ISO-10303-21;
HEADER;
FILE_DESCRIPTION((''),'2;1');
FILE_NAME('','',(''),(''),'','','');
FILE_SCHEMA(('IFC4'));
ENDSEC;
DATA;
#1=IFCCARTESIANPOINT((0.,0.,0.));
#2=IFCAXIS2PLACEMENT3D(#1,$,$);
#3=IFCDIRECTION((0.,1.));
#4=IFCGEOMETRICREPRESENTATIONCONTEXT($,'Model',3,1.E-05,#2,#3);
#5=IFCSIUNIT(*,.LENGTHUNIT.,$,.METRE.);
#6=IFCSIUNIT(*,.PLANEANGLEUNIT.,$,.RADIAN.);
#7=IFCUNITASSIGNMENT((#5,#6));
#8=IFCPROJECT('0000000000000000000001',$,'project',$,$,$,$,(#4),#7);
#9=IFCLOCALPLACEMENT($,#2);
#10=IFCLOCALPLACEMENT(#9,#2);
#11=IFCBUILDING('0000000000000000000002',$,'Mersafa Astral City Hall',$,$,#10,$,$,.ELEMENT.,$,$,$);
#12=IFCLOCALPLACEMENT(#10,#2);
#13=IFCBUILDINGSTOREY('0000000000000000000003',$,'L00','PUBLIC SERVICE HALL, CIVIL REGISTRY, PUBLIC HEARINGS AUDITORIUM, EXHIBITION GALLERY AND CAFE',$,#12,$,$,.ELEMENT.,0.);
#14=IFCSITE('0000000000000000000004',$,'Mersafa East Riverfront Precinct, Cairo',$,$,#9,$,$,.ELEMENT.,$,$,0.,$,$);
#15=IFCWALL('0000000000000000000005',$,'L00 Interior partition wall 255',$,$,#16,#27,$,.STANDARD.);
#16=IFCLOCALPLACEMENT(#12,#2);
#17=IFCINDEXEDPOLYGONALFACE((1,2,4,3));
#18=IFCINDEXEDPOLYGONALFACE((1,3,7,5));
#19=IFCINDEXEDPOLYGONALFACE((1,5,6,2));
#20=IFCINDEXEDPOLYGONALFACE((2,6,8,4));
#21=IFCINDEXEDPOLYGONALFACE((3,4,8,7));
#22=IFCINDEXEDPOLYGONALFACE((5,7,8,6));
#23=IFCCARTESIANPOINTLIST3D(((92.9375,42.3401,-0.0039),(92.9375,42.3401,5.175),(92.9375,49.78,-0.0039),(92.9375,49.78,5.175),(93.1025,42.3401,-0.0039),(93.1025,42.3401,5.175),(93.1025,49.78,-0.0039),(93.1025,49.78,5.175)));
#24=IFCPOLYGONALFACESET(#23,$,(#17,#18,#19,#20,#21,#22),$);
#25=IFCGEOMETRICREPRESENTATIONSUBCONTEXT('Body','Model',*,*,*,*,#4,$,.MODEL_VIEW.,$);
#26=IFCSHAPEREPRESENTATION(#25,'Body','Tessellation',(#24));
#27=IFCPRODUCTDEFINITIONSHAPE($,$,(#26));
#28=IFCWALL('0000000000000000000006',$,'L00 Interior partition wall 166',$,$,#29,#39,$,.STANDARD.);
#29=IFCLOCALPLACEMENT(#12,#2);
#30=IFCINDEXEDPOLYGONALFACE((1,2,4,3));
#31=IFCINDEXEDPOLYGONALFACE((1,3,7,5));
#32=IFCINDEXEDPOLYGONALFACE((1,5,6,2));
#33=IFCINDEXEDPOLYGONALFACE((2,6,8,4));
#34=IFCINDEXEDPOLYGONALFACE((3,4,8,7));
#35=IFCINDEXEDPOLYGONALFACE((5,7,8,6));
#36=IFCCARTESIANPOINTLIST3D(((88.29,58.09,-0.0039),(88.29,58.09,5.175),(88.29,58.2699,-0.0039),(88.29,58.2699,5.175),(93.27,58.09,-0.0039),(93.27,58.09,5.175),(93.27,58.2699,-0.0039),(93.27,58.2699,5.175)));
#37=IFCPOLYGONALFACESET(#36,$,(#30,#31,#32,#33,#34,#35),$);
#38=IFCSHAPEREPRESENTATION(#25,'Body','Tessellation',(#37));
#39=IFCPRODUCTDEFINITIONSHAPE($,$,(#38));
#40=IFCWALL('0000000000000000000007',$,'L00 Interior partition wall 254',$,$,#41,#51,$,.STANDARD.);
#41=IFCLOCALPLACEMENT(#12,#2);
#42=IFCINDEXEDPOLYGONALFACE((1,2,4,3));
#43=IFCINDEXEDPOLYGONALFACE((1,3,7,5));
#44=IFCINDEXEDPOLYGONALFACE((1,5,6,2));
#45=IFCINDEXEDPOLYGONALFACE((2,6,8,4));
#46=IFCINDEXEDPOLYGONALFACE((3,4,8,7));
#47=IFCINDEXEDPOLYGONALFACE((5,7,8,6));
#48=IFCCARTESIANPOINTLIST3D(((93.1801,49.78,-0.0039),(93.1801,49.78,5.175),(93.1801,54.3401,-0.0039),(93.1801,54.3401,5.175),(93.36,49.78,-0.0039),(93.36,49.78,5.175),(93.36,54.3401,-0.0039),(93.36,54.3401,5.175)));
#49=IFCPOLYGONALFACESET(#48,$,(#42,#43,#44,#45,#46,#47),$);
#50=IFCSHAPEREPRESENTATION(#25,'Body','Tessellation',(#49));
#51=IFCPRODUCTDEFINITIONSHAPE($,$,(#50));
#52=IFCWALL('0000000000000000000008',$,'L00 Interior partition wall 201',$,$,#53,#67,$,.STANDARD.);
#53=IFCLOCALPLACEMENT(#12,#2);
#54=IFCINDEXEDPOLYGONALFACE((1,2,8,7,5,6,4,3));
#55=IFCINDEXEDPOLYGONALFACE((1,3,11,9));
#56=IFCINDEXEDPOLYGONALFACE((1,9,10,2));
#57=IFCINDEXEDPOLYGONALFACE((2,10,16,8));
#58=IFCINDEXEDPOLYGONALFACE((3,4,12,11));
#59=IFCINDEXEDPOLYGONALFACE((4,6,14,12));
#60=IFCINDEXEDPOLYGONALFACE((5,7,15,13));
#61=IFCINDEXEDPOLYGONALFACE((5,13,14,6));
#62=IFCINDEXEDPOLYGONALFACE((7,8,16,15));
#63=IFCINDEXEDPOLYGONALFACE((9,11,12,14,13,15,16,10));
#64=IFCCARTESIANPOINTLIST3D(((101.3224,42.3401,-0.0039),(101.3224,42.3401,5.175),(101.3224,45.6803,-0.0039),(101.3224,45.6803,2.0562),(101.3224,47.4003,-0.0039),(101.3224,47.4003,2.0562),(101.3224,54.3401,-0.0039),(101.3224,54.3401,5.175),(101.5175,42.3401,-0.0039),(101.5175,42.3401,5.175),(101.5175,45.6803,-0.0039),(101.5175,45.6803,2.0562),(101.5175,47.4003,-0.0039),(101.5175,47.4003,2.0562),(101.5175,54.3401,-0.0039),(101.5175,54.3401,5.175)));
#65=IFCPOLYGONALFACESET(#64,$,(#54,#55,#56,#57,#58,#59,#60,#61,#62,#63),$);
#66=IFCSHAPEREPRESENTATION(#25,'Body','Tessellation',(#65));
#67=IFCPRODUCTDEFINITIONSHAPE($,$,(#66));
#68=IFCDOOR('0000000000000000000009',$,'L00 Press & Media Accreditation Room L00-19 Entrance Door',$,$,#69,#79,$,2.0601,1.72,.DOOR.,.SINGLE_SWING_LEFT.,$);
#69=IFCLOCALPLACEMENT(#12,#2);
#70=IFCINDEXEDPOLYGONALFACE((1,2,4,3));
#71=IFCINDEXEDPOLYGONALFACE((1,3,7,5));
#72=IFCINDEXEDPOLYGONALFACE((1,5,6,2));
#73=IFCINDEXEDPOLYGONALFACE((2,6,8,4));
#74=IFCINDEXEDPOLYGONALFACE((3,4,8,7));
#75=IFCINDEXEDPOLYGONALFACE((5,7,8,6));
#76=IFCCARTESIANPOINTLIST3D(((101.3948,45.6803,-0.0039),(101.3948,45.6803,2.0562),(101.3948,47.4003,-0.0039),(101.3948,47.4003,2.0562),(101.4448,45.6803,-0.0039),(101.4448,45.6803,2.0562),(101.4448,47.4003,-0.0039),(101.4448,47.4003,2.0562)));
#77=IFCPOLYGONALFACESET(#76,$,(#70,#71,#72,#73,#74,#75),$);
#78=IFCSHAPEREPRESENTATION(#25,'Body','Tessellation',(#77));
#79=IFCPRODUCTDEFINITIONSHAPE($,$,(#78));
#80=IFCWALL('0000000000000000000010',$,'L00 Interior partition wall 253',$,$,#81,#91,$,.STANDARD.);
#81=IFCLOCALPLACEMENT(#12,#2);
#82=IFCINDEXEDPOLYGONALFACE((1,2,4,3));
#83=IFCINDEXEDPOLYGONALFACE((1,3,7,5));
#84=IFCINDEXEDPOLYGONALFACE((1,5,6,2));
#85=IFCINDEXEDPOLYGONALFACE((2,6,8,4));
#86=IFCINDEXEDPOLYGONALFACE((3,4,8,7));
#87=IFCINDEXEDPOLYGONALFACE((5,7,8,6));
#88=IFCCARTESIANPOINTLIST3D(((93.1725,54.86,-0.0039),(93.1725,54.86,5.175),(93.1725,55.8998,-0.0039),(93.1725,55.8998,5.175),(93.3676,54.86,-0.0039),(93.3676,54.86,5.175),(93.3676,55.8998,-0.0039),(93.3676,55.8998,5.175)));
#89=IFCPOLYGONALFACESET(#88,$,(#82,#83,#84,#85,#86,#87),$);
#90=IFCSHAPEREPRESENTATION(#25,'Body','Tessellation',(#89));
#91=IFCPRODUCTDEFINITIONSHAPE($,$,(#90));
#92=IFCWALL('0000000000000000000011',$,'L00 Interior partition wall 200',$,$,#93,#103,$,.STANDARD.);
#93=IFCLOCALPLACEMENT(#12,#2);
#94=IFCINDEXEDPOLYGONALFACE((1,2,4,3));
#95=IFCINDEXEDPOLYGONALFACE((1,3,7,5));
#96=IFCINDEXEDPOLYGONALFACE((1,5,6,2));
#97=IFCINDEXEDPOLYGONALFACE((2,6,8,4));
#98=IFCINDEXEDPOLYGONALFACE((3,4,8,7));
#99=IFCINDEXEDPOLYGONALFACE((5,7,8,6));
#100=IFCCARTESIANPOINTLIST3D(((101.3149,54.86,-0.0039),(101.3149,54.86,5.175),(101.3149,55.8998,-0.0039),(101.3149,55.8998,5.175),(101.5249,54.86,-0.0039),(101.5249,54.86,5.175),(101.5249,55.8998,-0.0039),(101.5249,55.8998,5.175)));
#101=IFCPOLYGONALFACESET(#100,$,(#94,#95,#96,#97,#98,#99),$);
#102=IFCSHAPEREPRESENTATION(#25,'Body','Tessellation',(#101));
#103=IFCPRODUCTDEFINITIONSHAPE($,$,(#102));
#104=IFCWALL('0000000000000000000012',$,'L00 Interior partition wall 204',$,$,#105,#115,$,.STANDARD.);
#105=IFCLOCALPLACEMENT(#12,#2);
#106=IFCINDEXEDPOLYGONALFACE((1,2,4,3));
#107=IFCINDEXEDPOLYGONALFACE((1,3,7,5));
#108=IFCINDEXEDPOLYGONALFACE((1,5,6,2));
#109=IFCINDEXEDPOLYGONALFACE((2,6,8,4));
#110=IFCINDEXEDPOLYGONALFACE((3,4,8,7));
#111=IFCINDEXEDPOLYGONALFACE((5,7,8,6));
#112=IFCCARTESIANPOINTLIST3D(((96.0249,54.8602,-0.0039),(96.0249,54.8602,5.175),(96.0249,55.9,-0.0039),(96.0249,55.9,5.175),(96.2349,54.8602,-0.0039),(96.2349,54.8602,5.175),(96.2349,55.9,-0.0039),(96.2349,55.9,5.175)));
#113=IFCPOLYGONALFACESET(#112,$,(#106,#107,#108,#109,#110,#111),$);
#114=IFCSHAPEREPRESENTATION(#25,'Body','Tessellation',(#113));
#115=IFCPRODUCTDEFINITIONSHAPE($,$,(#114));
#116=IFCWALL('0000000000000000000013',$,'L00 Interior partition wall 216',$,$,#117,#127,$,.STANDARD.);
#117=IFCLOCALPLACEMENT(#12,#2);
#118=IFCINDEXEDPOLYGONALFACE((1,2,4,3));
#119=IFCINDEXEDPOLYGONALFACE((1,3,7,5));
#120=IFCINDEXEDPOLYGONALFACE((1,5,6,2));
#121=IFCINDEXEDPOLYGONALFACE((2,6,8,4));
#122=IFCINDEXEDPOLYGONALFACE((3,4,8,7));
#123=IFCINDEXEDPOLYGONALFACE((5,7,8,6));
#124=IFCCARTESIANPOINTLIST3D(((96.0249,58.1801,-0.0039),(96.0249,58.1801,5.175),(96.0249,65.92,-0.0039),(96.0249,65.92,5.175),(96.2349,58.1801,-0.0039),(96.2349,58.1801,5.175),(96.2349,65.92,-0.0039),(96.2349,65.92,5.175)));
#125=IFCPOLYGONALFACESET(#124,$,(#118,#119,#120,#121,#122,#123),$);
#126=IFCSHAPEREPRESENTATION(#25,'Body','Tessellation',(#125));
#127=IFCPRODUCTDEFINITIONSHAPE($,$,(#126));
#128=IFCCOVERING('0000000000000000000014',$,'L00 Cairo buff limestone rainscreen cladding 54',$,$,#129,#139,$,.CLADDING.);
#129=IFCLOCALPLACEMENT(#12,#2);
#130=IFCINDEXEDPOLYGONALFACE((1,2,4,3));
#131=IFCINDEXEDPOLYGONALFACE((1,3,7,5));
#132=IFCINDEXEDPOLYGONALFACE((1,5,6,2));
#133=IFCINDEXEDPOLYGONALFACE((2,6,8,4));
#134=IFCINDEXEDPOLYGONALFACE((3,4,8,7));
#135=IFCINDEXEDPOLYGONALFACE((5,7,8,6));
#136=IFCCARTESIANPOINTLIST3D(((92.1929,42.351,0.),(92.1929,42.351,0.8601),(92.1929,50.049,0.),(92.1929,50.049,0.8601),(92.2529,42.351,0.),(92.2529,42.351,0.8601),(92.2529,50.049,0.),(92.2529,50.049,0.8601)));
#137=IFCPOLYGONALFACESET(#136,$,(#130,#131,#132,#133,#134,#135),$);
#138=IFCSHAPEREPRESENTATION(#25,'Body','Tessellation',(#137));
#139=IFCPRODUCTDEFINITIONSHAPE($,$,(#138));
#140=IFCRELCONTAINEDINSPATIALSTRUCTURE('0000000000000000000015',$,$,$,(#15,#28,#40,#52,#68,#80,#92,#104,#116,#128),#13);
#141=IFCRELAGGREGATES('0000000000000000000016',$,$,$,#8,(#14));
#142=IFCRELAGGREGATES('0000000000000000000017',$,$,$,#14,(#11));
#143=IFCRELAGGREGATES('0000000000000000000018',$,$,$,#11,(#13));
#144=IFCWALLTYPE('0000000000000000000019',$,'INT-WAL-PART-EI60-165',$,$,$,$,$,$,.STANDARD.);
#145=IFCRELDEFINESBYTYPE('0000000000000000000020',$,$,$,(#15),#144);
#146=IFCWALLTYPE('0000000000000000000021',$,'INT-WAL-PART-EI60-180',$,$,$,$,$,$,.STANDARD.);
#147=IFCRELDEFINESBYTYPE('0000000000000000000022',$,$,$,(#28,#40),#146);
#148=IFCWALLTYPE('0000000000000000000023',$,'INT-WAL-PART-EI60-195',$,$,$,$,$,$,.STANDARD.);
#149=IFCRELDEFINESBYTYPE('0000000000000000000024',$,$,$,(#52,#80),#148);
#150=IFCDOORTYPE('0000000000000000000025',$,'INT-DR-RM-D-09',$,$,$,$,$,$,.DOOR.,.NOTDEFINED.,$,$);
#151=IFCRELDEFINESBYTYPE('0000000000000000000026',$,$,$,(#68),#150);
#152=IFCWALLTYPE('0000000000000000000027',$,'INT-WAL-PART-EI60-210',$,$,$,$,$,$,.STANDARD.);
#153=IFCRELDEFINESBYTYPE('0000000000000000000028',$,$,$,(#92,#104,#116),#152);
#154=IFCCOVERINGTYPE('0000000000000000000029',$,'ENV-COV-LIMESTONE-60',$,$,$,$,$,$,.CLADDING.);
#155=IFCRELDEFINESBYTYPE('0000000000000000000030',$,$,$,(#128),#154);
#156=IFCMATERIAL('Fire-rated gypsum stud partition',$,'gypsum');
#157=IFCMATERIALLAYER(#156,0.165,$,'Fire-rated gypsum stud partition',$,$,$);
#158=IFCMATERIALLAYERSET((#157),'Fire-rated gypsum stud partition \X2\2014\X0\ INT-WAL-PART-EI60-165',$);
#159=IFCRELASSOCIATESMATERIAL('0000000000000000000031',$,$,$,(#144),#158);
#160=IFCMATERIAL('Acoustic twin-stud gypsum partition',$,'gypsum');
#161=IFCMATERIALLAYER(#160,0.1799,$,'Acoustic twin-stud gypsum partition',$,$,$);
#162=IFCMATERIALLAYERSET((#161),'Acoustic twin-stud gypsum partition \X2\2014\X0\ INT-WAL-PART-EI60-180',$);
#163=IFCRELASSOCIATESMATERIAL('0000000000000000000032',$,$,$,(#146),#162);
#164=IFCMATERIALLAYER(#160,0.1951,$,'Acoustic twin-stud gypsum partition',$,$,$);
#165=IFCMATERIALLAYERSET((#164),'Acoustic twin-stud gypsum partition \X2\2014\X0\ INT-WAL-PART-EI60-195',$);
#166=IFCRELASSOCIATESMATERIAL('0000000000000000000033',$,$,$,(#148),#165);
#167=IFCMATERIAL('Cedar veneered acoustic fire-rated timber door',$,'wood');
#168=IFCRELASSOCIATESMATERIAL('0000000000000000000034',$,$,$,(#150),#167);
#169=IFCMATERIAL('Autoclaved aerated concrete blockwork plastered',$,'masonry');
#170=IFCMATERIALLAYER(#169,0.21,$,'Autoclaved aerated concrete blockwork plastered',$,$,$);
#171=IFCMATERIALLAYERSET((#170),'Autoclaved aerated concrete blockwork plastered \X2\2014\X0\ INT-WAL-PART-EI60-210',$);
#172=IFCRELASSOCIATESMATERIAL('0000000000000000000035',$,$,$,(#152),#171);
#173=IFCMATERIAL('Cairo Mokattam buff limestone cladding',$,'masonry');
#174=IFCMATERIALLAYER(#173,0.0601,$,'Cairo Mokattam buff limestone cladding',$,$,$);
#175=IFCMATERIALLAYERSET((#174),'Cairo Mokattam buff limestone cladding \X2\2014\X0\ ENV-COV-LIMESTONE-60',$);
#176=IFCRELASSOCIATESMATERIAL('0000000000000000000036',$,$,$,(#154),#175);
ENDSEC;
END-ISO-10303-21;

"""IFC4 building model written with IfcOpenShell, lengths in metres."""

from ifc_helpers import new_model, si_unit, direction, frame, frame_2d, origin, origin_2d, place, context, subcontext, project, spatial, rectangle, extrude, material, layer, layer_set, type_object, element, fill, save


model = new_model("IFC4")

# Units and contexts
model_context = context("Model", 3, precision=1e-05, world=origin(), true_north=direction((0.0, 1.0)))
body_context = subcontext(model_context, "Body", "Model", "MODEL_VIEW")
ifc_project = project(units=[si_unit("LENGTHUNIT", "METRE"), si_unit("PLANEANGLEUNIT", "RADIAN")], contexts=[model_context])

# Site, building, storey
site_placement = place(None, origin())
site = spatial("IfcSite", under=ifc_project, at=site_placement, Name="Mersafa East Riverfront Precinct, Cairo", CompositionType="ELEMENT", RefElevation=0.0)
building_placement = place(site_placement, origin())
building = spatial("IfcBuilding", under=site, at=building_placement, Name="Mersafa Astral City Hall", CompositionType="ELEMENT")
storey_placement = place(building_placement, origin())
storey = spatial("IfcBuildingStorey", under=building, at=storey_placement, Name="L00", Description="PUBLIC SERVICE HALL, CIVIL REGISTRY, PUBLIC HEARINGS AUDITORIUM, EXHIBITION GALLERY AND CAFE", CompositionType="ELEMENT", Elevation=0.0)

# Walls
ifc_material_1 = material(Name="Fire-rated gypsum stud partition", Category="gypsum")
ifc_layer_1 = layer(ifc_material_1, 0.165, Name="Fire-rated gypsum stud partition")
ifc_layer_set_1 = layer_set([ifc_layer_1], Name="Fire-rated gypsum stud partition — INT-WAL-PART-EI60-165")
wall_type_1 = type_object("IfcWallType", Name="INT-WAL-PART-EI60-165", PredefinedType="STANDARD", material=ifc_layer_set_1)
wall_1_placement = place(storey_placement, frame((93.02, 49.78, -0.0039), z_axis=(0.0, 0.0, 1.0), x_axis=(0.0, -1.0, 0.0)))
element("IfcWall", 1, at=wall_1_placement, inside=storey, type_object=wall_type_1, Name="L00 Interior partition wall 255", PredefinedType="STANDARD", context=body_context, shape_type="SweptSolid", body=[
    extrude(rectangle(XDim=7.4399, YDim=0.165, at=frame_2d((3.72, 0.0))), origin(), (0.0, 0.0, 1.0), 5.179),
])
ifc_material_2 = material(Name="Acoustic twin-stud gypsum partition", Category="gypsum")
ifc_layer_2 = layer(ifc_material_2, 0.1799, Name="Acoustic twin-stud gypsum partition")
ifc_layer_set_2 = layer_set([ifc_layer_2], Name="Acoustic twin-stud gypsum partition — INT-WAL-PART-EI60-180")
wall_type_2 = type_object("IfcWallType", Name="INT-WAL-PART-EI60-180", PredefinedType="STANDARD", material=ifc_layer_set_2)
wall_2_placement = place(storey_placement, frame((93.27, 58.1799, -0.0039), z_axis=(0.0, 0.0, 1.0), x_axis=(-1.0, 0.0, 0.0)))
element("IfcWall", 2, at=wall_2_placement, inside=storey, type_object=wall_type_2, Name="L00 Interior partition wall 166", PredefinedType="STANDARD", context=body_context, shape_type="SweptSolid", body=[
    extrude(rectangle(XDim=4.98, YDim=0.1799, at=frame_2d((2.49, 0.0))), origin(), (0.0, 0.0, 1.0), 5.179),
])
wall_3_placement = place(storey_placement, frame((93.27, 54.3401, -0.0039), z_axis=(0.0, 0.0, 1.0), x_axis=(0.0, -1.0, 0.0)))
element("IfcWall", 3, at=wall_3_placement, inside=storey, type_object=wall_type_2, Name="L00 Interior partition wall 254", PredefinedType="STANDARD", context=body_context, shape_type="SweptSolid", body=[
    extrude(rectangle(XDim=4.5601, YDim=0.1799, at=frame_2d((2.28, 0.0))), origin(), (0.0, 0.0, 1.0), 5.179),
])

# Wall, opening, door
ifc_layer_3 = layer(ifc_material_2, 0.1951, Name="Acoustic twin-stud gypsum partition")
ifc_layer_set_3 = layer_set([ifc_layer_3], Name="Acoustic twin-stud gypsum partition — INT-WAL-PART-EI60-195")
wall_type_3 = type_object("IfcWallType", Name="INT-WAL-PART-EI60-195", PredefinedType="STANDARD", material=ifc_layer_set_3)
wall_4_placement = place(storey_placement, frame((101.4199, 54.3401, -0.0039), z_axis=(0.0, 0.0, 1.0), x_axis=(0.0, -1.0, 0.0)))
wall_4 = element("IfcWall", 4, at=wall_4_placement, inside=storey, type_object=wall_type_3, Name="L00 Interior partition wall 201", PredefinedType="STANDARD", context=body_context, shape_type="SweptSolid", body=[
    extrude(rectangle(XDim=12.0, YDim=0.1951, at=frame_2d((6.0, 0.0))), origin(), (0.0, 0.0, 1.0), 5.179),
])
opening_placement = place(wall_4_placement, frame((6.9399, 0.0, 0.0)))
opening = element("IfcOpeningElement", 5, at=opening_placement, cuts=wall_4, PredefinedType="OPENING", context=body_context, shape_type="SweptSolid", body=[
    extrude(rectangle(XDim=1.72, YDim=2.0601, at=frame_2d((0.8599, 1.03))), frame((0.0, 0.1074, 0.0), z_axis=(0.0, -1.0, 0.0), x_axis=(1.0, 0.0, 0.0)), (0.0, 0.0, 1.0), 0.2151),
])
ifc_material_3 = material(Name="Cedar veneered acoustic fire-rated timber door", Category="wood")
door_type = type_object("IfcDoorType", Name="INT-DR-RM-D-09", OperationType="NOTDEFINED", PredefinedType="DOOR", material=ifc_material_3)
door_placement = place(opening_placement, origin())
door = element("IfcDoor", 6, at=door_placement, inside=storey, type_object=door_type, Name="L00 Press & Media Accreditation Room L00-19 Entrance Door", OperationType="SINGLE_SWING_LEFT", OverallHeight=2.0601, OverallWidth=1.72, PredefinedType="DOOR", context=body_context, shape_type="SweptSolid", body=[
    extrude(rectangle(XDim=1.72, YDim=2.0601, at=frame_2d((0.8599, 1.03))), frame((0.0, 0.0249, 0.0), z_axis=(0.0, -1.0, 0.0), x_axis=(1.0, 0.0, 0.0)), (0.0, 0.0, 1.0), 0.05),
])
fill(opening, door)

# Walls
wall_5_placement = place(storey_placement, frame((93.27, 55.8999, -0.0039), z_axis=(0.0, 0.0, 1.0), x_axis=(0.0, -1.0, 0.0)))
element("IfcWall", 7, at=wall_5_placement, inside=storey, type_object=wall_type_3, Name="L00 Interior partition wall 253", PredefinedType="STANDARD", context=body_context, shape_type="SweptSolid", body=[
    extrude(rectangle(XDim=1.0398, YDim=0.1951, at=frame_2d((0.52, 0.0))), origin(), (0.0, 0.0, 1.0), 5.179),
])
ifc_material_4 = material(Name="Autoclaved aerated concrete blockwork plastered", Category="masonry")
ifc_layer_4 = layer(ifc_material_4, 0.21, Name="Autoclaved aerated concrete blockwork plastered")
ifc_layer_set_4 = layer_set([ifc_layer_4], Name="Autoclaved aerated concrete blockwork plastered — INT-WAL-PART-EI60-210")
wall_type_4 = type_object("IfcWallType", Name="INT-WAL-PART-EI60-210", PredefinedType="STANDARD", material=ifc_layer_set_4)
for number, where, z_axis, x_axis, name in (
    (8, (101.4199, 55.8999, -0.0039), (0.0, 0.0, 1.0), (0.0, -1.0, 0.0), "L00 Interior partition wall 200"),
    (9, (96.1299, 54.8601, -0.0039), (0.0, 0.0, 1.0), (0.0, 1.0, 0.0), "L00 Interior partition wall 204"),
):
    element("IfcWall", number, at=place(storey_placement, frame(where, z_axis=z_axis, x_axis=x_axis)), inside=storey, type_object=wall_type_4, Name=name, PredefinedType="STANDARD", context=body_context, shape_type="SweptSolid", body=[
        extrude(rectangle(XDim=1.0398, YDim=0.21, at=frame_2d((0.52, 0.0))), origin(), (0.0, 0.0, 1.0), 5.179),
    ])
wall_6_placement = place(storey_placement, frame((96.1299, 58.1799, -0.0039), z_axis=(0.0, 0.0, 1.0), x_axis=(0.0, 1.0, 0.0)))
element("IfcWall", 10, at=wall_6_placement, inside=storey, type_object=wall_type_4, Name="L00 Interior partition wall 216", PredefinedType="STANDARD", context=body_context, shape_type="SweptSolid", body=[
    extrude(rectangle(XDim=7.74, YDim=0.21, at=frame_2d((3.8701, 0.0))), origin(), (0.0, 0.0, 1.0), 5.179),
])

# Covering
ifc_material_5 = material(Name="Cairo Mokattam buff limestone cladding", Category="masonry")
ifc_layer_5 = layer(ifc_material_5, 0.0601, Name="Cairo Mokattam buff limestone cladding")
ifc_layer_set_5 = layer_set([ifc_layer_5], Name="Cairo Mokattam buff limestone cladding — ENV-COV-LIMESTONE-60")
covering_type = type_object("IfcCoveringType", Name="ENV-COV-LIMESTONE-60", PredefinedType="CLADDING", material=ifc_layer_set_5)
covering_placement = place(storey_placement, frame((92.2229, 46.2, 0.0), z_axis=(0.0, 0.0, 1.0), x_axis=(0.0, -1.0, 0.0)))
element("IfcCovering", 11, at=covering_placement, inside=storey, type_object=covering_type, Name="L00 Cairo buff limestone rainscreen cladding 54", PredefinedType="CLADDING", context=body_context, shape_type="SweptSolid", body=[
    extrude(rectangle(XDim=7.698, YDim=0.0601, at=origin_2d()), origin(), (0.0, 0.0, 1.0), 0.8601),
])

save(model, "model.ifc")
